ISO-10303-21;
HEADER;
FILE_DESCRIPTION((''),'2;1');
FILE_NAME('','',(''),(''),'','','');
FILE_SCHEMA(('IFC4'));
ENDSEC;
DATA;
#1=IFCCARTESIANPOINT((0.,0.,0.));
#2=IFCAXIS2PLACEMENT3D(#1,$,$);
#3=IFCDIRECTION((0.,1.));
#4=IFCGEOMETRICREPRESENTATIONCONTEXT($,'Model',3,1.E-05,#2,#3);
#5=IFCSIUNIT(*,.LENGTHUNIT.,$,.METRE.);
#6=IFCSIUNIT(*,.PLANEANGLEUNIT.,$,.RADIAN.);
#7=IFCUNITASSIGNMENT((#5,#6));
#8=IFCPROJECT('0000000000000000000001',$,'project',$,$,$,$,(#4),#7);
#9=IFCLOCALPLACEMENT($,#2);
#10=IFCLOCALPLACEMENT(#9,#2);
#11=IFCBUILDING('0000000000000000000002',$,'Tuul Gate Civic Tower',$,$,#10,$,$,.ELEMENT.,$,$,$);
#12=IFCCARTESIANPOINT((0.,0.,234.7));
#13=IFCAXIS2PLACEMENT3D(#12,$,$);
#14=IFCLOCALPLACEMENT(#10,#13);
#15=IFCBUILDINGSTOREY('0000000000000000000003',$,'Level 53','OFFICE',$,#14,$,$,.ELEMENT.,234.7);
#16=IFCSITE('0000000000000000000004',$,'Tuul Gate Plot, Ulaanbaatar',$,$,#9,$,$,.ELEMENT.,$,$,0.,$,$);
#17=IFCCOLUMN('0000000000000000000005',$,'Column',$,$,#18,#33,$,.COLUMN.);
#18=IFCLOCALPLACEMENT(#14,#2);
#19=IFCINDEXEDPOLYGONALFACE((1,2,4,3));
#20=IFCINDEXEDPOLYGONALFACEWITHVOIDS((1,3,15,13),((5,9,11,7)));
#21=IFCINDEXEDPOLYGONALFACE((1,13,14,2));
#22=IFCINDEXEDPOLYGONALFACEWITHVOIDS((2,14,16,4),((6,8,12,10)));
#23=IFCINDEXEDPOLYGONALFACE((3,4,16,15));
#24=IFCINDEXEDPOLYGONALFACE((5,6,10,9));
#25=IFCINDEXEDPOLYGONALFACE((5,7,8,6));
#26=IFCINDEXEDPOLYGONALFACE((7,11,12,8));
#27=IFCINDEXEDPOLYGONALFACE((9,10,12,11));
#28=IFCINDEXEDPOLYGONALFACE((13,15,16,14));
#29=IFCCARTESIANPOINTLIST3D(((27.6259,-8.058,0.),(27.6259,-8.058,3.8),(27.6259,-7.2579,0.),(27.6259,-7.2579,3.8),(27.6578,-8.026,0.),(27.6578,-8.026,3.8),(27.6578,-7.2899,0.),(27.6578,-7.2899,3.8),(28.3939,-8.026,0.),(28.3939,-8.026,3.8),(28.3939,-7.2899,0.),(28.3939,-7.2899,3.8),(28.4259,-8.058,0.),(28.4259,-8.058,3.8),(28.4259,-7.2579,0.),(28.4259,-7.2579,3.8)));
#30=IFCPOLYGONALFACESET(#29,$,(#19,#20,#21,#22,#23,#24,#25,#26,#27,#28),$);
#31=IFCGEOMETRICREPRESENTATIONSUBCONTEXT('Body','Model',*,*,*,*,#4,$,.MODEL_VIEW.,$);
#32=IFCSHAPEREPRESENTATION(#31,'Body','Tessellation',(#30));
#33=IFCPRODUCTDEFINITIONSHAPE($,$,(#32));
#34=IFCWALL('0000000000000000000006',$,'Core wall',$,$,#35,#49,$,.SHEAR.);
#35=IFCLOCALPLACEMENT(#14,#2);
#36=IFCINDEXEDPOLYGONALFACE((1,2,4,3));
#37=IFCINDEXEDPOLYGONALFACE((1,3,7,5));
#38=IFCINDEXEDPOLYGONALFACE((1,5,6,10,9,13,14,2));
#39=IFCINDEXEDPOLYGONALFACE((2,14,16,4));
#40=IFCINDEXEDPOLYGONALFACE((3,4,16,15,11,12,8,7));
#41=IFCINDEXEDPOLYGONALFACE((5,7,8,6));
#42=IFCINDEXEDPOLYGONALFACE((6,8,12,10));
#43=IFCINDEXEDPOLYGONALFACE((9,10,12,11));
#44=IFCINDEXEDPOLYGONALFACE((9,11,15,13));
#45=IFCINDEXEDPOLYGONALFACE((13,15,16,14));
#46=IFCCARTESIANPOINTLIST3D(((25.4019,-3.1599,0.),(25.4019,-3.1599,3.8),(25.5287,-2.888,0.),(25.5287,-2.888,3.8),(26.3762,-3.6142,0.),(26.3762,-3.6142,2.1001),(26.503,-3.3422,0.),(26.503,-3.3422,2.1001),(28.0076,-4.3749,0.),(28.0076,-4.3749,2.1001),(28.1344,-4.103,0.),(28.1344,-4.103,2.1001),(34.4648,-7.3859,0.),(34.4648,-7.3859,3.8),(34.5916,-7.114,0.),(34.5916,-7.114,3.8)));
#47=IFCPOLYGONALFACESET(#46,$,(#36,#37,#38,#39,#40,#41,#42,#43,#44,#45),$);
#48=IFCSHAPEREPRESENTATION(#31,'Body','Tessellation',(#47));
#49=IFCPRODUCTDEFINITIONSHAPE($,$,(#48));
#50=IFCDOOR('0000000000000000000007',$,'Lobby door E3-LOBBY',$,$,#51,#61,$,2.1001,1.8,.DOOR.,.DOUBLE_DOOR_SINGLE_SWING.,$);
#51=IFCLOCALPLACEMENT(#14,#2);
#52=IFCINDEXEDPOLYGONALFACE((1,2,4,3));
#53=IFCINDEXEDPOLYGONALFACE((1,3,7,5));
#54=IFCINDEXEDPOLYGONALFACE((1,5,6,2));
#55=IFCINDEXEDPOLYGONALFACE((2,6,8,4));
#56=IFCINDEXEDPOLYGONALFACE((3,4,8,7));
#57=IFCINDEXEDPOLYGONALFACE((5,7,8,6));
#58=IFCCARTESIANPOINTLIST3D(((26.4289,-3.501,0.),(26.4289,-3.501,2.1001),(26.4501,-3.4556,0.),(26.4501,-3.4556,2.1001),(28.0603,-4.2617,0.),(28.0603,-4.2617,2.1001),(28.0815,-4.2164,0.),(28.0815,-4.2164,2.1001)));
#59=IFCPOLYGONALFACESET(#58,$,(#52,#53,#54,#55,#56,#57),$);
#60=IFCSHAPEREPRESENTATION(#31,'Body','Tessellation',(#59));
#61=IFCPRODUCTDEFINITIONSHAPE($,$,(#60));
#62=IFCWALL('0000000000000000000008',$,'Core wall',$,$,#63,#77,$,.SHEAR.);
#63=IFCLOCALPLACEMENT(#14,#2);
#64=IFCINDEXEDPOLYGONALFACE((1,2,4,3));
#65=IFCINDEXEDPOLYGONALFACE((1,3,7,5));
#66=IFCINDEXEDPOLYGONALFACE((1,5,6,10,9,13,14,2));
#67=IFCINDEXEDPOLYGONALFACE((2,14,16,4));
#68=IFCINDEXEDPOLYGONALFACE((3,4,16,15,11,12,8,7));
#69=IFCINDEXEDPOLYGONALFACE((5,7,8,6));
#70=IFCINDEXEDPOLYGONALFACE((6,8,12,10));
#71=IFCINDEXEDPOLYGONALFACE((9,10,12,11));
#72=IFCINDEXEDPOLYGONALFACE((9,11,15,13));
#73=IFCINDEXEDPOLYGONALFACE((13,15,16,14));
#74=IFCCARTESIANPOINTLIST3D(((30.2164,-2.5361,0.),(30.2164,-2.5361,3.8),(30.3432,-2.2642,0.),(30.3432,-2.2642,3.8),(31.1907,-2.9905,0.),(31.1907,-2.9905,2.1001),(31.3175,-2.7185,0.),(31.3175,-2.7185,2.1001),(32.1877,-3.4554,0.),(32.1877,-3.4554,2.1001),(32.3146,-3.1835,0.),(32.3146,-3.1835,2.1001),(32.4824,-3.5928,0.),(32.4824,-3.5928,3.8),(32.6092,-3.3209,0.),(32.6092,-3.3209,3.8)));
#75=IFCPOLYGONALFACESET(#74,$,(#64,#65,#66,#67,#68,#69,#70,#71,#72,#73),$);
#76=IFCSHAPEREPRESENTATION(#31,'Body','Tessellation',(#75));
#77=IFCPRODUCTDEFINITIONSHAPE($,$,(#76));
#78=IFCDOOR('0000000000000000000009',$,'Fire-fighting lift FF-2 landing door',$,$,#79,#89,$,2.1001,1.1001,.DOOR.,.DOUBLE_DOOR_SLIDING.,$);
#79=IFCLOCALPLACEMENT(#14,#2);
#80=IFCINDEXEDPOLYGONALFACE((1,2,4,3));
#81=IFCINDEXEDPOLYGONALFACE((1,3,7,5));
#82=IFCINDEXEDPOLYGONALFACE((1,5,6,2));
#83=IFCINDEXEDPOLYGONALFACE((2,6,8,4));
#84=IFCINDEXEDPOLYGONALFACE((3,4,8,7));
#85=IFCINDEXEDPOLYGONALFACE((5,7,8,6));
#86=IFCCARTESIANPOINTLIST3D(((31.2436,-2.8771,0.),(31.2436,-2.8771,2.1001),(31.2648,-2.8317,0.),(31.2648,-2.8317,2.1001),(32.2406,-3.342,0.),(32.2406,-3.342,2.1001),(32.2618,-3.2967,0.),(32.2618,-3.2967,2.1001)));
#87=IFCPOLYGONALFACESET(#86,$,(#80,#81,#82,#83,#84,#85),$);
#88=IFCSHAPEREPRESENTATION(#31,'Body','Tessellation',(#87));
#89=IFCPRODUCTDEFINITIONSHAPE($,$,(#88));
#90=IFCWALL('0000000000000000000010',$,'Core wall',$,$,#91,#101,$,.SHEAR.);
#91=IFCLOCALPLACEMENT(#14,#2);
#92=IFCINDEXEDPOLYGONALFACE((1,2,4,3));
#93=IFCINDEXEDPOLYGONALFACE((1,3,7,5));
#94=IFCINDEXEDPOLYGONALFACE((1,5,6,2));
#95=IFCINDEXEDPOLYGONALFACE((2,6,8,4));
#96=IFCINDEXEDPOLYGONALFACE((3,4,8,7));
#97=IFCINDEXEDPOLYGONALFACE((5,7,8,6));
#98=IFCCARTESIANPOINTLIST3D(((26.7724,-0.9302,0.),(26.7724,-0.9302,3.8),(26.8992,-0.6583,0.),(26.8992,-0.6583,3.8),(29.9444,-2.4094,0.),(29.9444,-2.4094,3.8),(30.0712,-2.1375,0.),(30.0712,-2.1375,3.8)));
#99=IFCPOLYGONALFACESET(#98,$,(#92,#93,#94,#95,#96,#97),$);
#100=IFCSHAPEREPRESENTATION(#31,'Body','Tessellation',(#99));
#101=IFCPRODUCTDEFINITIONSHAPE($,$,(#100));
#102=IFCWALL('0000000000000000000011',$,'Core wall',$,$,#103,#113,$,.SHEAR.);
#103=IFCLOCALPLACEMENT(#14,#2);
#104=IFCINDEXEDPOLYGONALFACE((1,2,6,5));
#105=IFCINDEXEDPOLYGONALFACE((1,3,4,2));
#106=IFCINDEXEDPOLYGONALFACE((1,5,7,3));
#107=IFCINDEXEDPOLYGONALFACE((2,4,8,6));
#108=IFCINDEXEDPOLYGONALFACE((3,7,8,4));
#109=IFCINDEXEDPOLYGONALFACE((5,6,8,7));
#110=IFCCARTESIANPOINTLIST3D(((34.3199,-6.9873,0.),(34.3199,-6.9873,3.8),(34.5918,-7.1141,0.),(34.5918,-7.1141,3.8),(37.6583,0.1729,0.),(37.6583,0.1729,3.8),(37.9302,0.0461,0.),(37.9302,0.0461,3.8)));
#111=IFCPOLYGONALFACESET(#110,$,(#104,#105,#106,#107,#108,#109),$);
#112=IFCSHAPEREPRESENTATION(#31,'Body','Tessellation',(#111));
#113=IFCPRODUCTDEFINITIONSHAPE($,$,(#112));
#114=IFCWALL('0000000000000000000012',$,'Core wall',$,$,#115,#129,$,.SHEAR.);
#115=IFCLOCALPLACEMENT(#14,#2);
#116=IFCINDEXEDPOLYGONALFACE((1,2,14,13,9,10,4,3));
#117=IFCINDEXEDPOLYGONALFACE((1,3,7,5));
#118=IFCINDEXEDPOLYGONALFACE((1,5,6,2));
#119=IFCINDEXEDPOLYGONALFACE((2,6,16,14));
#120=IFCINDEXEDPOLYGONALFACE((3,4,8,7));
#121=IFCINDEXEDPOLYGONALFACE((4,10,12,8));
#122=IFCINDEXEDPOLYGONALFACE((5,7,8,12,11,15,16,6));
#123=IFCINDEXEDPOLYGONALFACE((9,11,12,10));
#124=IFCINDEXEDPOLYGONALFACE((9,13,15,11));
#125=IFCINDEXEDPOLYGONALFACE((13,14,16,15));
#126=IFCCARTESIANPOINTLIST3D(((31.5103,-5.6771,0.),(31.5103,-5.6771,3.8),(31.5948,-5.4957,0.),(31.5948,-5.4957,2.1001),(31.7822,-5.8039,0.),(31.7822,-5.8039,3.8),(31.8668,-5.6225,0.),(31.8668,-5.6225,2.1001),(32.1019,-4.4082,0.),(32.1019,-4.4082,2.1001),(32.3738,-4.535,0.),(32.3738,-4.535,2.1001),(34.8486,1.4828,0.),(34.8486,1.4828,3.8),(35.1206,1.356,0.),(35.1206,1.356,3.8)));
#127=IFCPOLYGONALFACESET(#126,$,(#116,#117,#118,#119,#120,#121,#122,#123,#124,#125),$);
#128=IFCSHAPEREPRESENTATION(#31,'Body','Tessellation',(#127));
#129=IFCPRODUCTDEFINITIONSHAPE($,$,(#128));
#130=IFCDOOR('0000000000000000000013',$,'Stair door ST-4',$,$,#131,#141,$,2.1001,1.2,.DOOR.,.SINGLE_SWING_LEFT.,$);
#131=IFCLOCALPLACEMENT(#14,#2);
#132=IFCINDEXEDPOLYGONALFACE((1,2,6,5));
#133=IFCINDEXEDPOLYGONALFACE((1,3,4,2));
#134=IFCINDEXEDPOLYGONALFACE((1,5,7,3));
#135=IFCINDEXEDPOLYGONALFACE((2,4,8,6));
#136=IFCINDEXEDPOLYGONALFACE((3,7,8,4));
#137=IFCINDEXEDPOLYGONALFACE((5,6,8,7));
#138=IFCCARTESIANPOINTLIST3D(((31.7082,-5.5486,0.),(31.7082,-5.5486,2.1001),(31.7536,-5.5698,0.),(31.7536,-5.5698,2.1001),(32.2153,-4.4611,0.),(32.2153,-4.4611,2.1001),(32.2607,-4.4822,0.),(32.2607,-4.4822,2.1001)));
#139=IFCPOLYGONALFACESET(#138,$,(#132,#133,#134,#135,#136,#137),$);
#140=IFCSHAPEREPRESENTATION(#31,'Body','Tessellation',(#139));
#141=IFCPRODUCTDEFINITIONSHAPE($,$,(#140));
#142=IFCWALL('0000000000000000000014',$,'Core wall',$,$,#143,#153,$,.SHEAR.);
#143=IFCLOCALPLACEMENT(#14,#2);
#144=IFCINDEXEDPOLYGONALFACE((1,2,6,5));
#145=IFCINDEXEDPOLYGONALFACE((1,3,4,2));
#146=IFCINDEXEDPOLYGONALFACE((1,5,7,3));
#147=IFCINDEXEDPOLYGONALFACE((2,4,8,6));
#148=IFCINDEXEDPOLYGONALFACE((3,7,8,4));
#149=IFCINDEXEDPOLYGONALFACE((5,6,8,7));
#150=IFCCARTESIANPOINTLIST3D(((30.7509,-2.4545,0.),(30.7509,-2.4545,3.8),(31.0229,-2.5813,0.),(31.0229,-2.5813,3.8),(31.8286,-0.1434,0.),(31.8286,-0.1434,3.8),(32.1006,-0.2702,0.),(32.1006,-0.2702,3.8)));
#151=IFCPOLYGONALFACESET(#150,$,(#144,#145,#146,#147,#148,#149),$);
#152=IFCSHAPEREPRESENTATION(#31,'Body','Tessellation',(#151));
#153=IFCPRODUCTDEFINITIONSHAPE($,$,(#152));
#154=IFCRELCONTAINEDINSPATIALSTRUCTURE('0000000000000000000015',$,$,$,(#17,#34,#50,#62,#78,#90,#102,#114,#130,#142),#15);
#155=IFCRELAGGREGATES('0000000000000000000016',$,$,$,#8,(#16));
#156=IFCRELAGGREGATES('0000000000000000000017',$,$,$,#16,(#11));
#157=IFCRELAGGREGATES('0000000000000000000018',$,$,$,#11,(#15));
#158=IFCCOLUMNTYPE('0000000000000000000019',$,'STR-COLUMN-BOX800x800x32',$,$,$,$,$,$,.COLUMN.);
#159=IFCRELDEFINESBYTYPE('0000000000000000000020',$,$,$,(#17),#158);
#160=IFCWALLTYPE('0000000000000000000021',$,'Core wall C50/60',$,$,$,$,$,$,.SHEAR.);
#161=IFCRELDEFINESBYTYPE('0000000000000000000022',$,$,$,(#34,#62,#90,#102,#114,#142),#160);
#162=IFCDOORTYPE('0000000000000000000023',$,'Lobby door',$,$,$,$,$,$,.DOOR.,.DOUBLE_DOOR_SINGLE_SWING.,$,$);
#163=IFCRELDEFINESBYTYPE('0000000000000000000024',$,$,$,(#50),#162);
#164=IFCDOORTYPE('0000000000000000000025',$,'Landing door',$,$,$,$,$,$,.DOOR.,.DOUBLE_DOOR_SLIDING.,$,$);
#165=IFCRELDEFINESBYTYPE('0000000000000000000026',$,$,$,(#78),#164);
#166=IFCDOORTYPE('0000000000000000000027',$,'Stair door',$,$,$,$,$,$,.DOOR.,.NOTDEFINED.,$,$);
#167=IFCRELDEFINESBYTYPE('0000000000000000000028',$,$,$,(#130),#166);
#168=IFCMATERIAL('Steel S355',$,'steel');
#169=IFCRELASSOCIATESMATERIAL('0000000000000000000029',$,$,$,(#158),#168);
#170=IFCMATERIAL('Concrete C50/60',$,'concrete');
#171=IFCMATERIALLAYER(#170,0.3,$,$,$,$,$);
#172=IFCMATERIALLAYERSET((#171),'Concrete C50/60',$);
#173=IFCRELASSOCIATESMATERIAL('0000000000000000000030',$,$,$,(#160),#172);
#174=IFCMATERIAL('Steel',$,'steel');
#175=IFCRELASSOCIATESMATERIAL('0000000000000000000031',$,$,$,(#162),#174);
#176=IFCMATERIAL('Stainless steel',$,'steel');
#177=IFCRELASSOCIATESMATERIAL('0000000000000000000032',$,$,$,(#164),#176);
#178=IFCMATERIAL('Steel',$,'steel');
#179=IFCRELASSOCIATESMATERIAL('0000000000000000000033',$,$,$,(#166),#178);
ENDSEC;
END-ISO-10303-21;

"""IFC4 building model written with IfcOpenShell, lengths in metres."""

from ifc_helpers import new_model, si_unit, direction, frame, frame_2d, origin, origin_2d, place, context, subcontext, project, spatial, rectangle, hollow_rectangle, extrude, material, layer, layer_set, material_profile, profile_set, type_object, element, fill, save


model = new_model("IFC4")

# Units and contexts
model_context = context("Model", 3, precision=1e-05, world=origin(), true_north=direction((0.0, 1.0)))
body_context = subcontext(model_context, "Body", "Model", "MODEL_VIEW")
ifc_project = project(units=[si_unit("LENGTHUNIT", "METRE"), si_unit("PLANEANGLEUNIT", "RADIAN")], contexts=[model_context])

# Site, building, storey
site_placement = place(None, origin())
site = spatial("IfcSite", under=ifc_project, at=site_placement, Name="Tuul Gate Plot, Ulaanbaatar", CompositionType="ELEMENT", RefElevation=0.0)
building_placement = place(site_placement, origin())
building = spatial("IfcBuilding", under=site, at=building_placement, Name="Tuul Gate Civic Tower", CompositionType="ELEMENT")
storey_placement = place(building_placement, frame((0.0, 0.0, 234.7)))
storey = spatial("IfcBuildingStorey", under=building, at=storey_placement, Name="Level 53", Description="OFFICE", CompositionType="ELEMENT", Elevation=234.7)

# Column
ifc_material_1 = material(Name="Steel S355", Category="steel")
ifc_material_profile = material_profile(ifc_material_1, hollow_rectangle(XDim=0.8, YDim=0.8, WallThickness=0.032, at=origin_2d()), Name="BOX800x800x32")
ifc_profile_set = profile_set([ifc_material_profile], Name="Steel S355")
column_type = type_object("IfcColumnType", Name="STR-COLUMN-BOX800x800x32", PredefinedType="COLUMN", material=ifc_profile_set)
column_placement = place(storey_placement, frame((28.0259, -7.658, 0.0), z_axis=(0.0, 0.0, 1.0), x_axis=(1.0, 0.0, 0.0)))
element("IfcColumn", 1, at=column_placement, inside=storey, type_object=column_type, Name="Column", PredefinedType="COLUMN", context=body_context, shape_type="SweptSolid", body=[
    extrude(hollow_rectangle(XDim=0.8, YDim=0.8, WallThickness=0.032, at=origin_2d()), origin(), (0.0, 0.0, 1.0), 3.8),
])

# Walls, openings, doors
ifc_material_2 = material(Name="Concrete C50/60", Category="concrete")
ifc_layer_1 = layer(ifc_material_2, 0.3)
ifc_layer_set_1 = layer_set([ifc_layer_1], Name="Concrete C50/60")
wall_type_1 = type_object("IfcWallType", Name="Core wall C50/60", PredefinedType="SHEAR", material=ifc_layer_set_1)
wall_1_placement = place(storey_placement, frame((34.5283, -7.25, 0.0), z_axis=(0.0, 0.0, 1.0), x_axis=(-0.90631, 0.422613, 0.0)))
wall_1 = element("IfcWall", 2, at=wall_1_placement, inside=storey, type_object=wall_type_1, Name="Core wall", PredefinedType="SHEAR", context=body_context, shape_type="SweptSolid", body=[
    extrude(rectangle(XDim=9.9998, YDim=0.3, at=frame_2d((5.0, 0.0))), origin(), (0.0, 0.0, 1.0), 3.8),
])
opening_1_placement = place(wall_1_placement, frame((7.125, 0.0, 0.0)))
opening_1 = element("IfcOpeningElement", 3, at=opening_1_placement, cuts=wall_1, PredefinedType="OPENING", context=body_context, shape_type="SweptSolid", body=[
    extrude(rectangle(XDim=1.8, YDim=2.1001, at=frame_2d((0.8999, 1.05))), frame((0.0, 0.1602, 0.0), z_axis=(0.0, -1.0, 0.0), x_axis=(1.0, 0.0, 0.0)), (0.0, 0.0, 1.0), 0.3201),
])
ifc_material_3 = material(Name="Steel", Category="steel")
door_type_1 = type_object("IfcDoorType", Name="Lobby door", OperationType="DOUBLE_DOOR_SINGLE_SWING", PredefinedType="DOOR", material=ifc_material_3)
door_1_placement = place(opening_1_placement, frame((1.8, 0.0, 0.0), z_axis=(0.0, 0.0, 1.0), x_axis=(-1.0, 0.0, 0.0)))
door_1 = element("IfcDoor", 4, at=door_1_placement, inside=storey, type_object=door_type_1, Name="Lobby door E3-LOBBY", OperationType="DOUBLE_DOOR_SINGLE_SWING", OverallHeight=2.1001, OverallWidth=1.8, PredefinedType="DOOR", context=body_context, shape_type="SweptSolid", body=[
    extrude(rectangle(XDim=1.8, YDim=2.1001, at=frame_2d((0.9001, 1.05))), frame((0.0, 0.0249, 0.0), z_axis=(0.0, -1.0, 0.0), x_axis=(1.0, 0.0, 0.0)), (0.0, 0.0, 1.0), 0.05),
])
fill(opening_1, door_1)
wall_2_placement = place(storey_placement, frame((32.5457, -3.4568, 0.0), z_axis=(0.0, 0.0, 1.0), x_axis=(-0.9063, 0.422634, 0.0)))
wall_2 = element("IfcWall", 5, at=wall_2_placement, inside=storey, type_object=wall_type_1, Name="Core wall", PredefinedType="SHEAR", context=body_context, shape_type="SweptSolid", body=[
    extrude(rectangle(XDim=2.5002, YDim=0.3, at=frame_2d((1.25, 0.0))), origin(), (0.0, 0.0, 1.0), 3.8),
])
opening_2_placement = place(wall_2_placement, frame((0.325, 0.0, 0.0)))
opening_2 = element("IfcOpeningElement", 6, at=opening_2_placement, cuts=wall_2, PredefinedType="OPENING", context=body_context, shape_type="SweptSolid", body=[
    extrude(rectangle(XDim=1.1001, YDim=2.1001, at=frame_2d((0.55, 1.05))), frame((0.0, 0.1602, 0.0), z_axis=(0.0, -1.0, 0.0), x_axis=(1.0, 0.0, 0.0)), (0.0, 0.0, 1.0), 0.3201),
])
ifc_material_4 = material(Name="Stainless steel", Category="steel")
door_type_2 = type_object("IfcDoorType", Name="Landing door", OperationType="DOUBLE_DOOR_SLIDING", PredefinedType="DOOR", material=ifc_material_4)
door_2_placement = place(opening_2_placement, origin())
door_2 = element("IfcDoor", 7, at=door_2_placement, inside=storey, type_object=door_type_2, Name="Fire-fighting lift FF-2 landing door", OperationType="DOUBLE_DOOR_SLIDING", OverallHeight=2.1001, OverallWidth=1.1001, PredefinedType="DOOR", context=body_context, shape_type="SweptSolid", body=[
    extrude(rectangle(XDim=1.1001, YDim=2.1001, at=frame_2d((0.55, 1.05))), frame((0.0, 0.0249, 0.0), z_axis=(0.0, -1.0, 0.0), x_axis=(1.0, 0.0, 0.0)), (0.0, 0.0, 1.0), 0.05),
])
fill(opening_2, door_2)

# Walls
wall_3_placement = place(storey_placement, frame((30.0078, -2.2734, 0.0), z_axis=(0.0, 0.0, 1.0), x_axis=(-0.906301, 0.422633, 0.0)))
element("IfcWall", 8, at=wall_3_placement, inside=storey, type_object=wall_type_1, Name="Core wall", PredefinedType="SHEAR", context=body_context, shape_type="SweptSolid", body=[
    extrude(rectangle(XDim=3.5, YDim=0.3, at=frame_2d((1.75, 0.0))), origin(), (0.0, 0.0, 1.0), 3.8),
])
wall_4_placement = place(storey_placement, frame((34.4558, -7.0508, 0.0), z_axis=(0.0, 0.0, 1.0), x_axis=(0.422571, 0.90633, 0.0)))
element("IfcWall", 9, at=wall_4_placement, inside=storey, type_object=wall_type_1, Name="Core wall", PredefinedType="SHEAR", context=body_context, shape_type="SweptSolid", body=[
    extrude(rectangle(XDim=7.9001, YDim=0.3, at=frame_2d((3.9502, 0.0))), origin(), (0.0, 0.0, 1.0), 3.8),
])

# Wall, opening, door
wall_5_placement = place(storey_placement, frame((31.6462, -5.7405, 0.0), z_axis=(0.0, 0.0, 1.0), x_axis=(0.422583, 0.906324, 0.0)))
wall_5 = element("IfcWall", 10, at=wall_5_placement, inside=storey, type_object=wall_type_1, Name="Core wall", PredefinedType="SHEAR", context=body_context, shape_type="SweptSolid", body=[
    extrude(rectangle(XDim=7.8999, YDim=0.3, at=frame_2d((3.95, 0.0))), origin(), (0.0, 0.0, 1.0), 3.8),
])
opening_3_placement = place(wall_5_placement, frame((0.2, 0.0, 0.0)))
opening_3 = element("IfcOpeningElement", 11, at=opening_3_placement, cuts=wall_5, PredefinedType="OPENING", context=body_context, shape_type="SweptSolid", body=[
    extrude(rectangle(XDim=1.2, YDim=2.1001, at=frame_2d((0.6001, 1.05))), frame((0.0, 0.1602, 0.0), z_axis=(0.0, -1.0, 0.0), x_axis=(1.0, 0.0, 0.0)), (0.0, 0.0, 1.0), 0.3201),
])
ifc_material_5 = material(Name="Steel", Category="steel")
door_type_3 = type_object("IfcDoorType", Name="Stair door", OperationType="NOTDEFINED", PredefinedType="DOOR", material=ifc_material_5)
door_3_placement = place(opening_3_placement, origin())
door_3 = element("IfcDoor", 12, at=door_3_placement, inside=storey, type_object=door_type_3, Name="Stair door ST-4", OperationType="SINGLE_SWING_LEFT", OverallHeight=2.1001, OverallWidth=1.2, PredefinedType="DOOR", context=body_context, shape_type="SweptSolid", body=[
    extrude(rectangle(XDim=1.2, YDim=2.1001, at=frame_2d((0.6001, 1.05))), frame((0.0, 0.0249, 0.0), z_axis=(0.0, -1.0, 0.0), x_axis=(1.0, 0.0, 0.0)), (0.0, 0.0, 1.0), 0.05),
])
fill(opening_3, door_3)

# Wall
wall_6_placement = place(storey_placement, frame((30.887, -2.5178, 0.0), z_axis=(0.0, 0.0, 1.0), x_axis=(0.422613, 0.90631, 0.0)))
element("IfcWall", 13, at=wall_6_placement, inside=storey, type_object=wall_type_1, Name="Core wall", PredefinedType="SHEAR", context=body_context, shape_type="SweptSolid", body=[
    extrude(rectangle(XDim=2.55, YDim=0.3, at=frame_2d((1.2749, 0.0))), origin(), (0.0, 0.0, 1.0), 3.8),
])

save(model, "model.ifc")
